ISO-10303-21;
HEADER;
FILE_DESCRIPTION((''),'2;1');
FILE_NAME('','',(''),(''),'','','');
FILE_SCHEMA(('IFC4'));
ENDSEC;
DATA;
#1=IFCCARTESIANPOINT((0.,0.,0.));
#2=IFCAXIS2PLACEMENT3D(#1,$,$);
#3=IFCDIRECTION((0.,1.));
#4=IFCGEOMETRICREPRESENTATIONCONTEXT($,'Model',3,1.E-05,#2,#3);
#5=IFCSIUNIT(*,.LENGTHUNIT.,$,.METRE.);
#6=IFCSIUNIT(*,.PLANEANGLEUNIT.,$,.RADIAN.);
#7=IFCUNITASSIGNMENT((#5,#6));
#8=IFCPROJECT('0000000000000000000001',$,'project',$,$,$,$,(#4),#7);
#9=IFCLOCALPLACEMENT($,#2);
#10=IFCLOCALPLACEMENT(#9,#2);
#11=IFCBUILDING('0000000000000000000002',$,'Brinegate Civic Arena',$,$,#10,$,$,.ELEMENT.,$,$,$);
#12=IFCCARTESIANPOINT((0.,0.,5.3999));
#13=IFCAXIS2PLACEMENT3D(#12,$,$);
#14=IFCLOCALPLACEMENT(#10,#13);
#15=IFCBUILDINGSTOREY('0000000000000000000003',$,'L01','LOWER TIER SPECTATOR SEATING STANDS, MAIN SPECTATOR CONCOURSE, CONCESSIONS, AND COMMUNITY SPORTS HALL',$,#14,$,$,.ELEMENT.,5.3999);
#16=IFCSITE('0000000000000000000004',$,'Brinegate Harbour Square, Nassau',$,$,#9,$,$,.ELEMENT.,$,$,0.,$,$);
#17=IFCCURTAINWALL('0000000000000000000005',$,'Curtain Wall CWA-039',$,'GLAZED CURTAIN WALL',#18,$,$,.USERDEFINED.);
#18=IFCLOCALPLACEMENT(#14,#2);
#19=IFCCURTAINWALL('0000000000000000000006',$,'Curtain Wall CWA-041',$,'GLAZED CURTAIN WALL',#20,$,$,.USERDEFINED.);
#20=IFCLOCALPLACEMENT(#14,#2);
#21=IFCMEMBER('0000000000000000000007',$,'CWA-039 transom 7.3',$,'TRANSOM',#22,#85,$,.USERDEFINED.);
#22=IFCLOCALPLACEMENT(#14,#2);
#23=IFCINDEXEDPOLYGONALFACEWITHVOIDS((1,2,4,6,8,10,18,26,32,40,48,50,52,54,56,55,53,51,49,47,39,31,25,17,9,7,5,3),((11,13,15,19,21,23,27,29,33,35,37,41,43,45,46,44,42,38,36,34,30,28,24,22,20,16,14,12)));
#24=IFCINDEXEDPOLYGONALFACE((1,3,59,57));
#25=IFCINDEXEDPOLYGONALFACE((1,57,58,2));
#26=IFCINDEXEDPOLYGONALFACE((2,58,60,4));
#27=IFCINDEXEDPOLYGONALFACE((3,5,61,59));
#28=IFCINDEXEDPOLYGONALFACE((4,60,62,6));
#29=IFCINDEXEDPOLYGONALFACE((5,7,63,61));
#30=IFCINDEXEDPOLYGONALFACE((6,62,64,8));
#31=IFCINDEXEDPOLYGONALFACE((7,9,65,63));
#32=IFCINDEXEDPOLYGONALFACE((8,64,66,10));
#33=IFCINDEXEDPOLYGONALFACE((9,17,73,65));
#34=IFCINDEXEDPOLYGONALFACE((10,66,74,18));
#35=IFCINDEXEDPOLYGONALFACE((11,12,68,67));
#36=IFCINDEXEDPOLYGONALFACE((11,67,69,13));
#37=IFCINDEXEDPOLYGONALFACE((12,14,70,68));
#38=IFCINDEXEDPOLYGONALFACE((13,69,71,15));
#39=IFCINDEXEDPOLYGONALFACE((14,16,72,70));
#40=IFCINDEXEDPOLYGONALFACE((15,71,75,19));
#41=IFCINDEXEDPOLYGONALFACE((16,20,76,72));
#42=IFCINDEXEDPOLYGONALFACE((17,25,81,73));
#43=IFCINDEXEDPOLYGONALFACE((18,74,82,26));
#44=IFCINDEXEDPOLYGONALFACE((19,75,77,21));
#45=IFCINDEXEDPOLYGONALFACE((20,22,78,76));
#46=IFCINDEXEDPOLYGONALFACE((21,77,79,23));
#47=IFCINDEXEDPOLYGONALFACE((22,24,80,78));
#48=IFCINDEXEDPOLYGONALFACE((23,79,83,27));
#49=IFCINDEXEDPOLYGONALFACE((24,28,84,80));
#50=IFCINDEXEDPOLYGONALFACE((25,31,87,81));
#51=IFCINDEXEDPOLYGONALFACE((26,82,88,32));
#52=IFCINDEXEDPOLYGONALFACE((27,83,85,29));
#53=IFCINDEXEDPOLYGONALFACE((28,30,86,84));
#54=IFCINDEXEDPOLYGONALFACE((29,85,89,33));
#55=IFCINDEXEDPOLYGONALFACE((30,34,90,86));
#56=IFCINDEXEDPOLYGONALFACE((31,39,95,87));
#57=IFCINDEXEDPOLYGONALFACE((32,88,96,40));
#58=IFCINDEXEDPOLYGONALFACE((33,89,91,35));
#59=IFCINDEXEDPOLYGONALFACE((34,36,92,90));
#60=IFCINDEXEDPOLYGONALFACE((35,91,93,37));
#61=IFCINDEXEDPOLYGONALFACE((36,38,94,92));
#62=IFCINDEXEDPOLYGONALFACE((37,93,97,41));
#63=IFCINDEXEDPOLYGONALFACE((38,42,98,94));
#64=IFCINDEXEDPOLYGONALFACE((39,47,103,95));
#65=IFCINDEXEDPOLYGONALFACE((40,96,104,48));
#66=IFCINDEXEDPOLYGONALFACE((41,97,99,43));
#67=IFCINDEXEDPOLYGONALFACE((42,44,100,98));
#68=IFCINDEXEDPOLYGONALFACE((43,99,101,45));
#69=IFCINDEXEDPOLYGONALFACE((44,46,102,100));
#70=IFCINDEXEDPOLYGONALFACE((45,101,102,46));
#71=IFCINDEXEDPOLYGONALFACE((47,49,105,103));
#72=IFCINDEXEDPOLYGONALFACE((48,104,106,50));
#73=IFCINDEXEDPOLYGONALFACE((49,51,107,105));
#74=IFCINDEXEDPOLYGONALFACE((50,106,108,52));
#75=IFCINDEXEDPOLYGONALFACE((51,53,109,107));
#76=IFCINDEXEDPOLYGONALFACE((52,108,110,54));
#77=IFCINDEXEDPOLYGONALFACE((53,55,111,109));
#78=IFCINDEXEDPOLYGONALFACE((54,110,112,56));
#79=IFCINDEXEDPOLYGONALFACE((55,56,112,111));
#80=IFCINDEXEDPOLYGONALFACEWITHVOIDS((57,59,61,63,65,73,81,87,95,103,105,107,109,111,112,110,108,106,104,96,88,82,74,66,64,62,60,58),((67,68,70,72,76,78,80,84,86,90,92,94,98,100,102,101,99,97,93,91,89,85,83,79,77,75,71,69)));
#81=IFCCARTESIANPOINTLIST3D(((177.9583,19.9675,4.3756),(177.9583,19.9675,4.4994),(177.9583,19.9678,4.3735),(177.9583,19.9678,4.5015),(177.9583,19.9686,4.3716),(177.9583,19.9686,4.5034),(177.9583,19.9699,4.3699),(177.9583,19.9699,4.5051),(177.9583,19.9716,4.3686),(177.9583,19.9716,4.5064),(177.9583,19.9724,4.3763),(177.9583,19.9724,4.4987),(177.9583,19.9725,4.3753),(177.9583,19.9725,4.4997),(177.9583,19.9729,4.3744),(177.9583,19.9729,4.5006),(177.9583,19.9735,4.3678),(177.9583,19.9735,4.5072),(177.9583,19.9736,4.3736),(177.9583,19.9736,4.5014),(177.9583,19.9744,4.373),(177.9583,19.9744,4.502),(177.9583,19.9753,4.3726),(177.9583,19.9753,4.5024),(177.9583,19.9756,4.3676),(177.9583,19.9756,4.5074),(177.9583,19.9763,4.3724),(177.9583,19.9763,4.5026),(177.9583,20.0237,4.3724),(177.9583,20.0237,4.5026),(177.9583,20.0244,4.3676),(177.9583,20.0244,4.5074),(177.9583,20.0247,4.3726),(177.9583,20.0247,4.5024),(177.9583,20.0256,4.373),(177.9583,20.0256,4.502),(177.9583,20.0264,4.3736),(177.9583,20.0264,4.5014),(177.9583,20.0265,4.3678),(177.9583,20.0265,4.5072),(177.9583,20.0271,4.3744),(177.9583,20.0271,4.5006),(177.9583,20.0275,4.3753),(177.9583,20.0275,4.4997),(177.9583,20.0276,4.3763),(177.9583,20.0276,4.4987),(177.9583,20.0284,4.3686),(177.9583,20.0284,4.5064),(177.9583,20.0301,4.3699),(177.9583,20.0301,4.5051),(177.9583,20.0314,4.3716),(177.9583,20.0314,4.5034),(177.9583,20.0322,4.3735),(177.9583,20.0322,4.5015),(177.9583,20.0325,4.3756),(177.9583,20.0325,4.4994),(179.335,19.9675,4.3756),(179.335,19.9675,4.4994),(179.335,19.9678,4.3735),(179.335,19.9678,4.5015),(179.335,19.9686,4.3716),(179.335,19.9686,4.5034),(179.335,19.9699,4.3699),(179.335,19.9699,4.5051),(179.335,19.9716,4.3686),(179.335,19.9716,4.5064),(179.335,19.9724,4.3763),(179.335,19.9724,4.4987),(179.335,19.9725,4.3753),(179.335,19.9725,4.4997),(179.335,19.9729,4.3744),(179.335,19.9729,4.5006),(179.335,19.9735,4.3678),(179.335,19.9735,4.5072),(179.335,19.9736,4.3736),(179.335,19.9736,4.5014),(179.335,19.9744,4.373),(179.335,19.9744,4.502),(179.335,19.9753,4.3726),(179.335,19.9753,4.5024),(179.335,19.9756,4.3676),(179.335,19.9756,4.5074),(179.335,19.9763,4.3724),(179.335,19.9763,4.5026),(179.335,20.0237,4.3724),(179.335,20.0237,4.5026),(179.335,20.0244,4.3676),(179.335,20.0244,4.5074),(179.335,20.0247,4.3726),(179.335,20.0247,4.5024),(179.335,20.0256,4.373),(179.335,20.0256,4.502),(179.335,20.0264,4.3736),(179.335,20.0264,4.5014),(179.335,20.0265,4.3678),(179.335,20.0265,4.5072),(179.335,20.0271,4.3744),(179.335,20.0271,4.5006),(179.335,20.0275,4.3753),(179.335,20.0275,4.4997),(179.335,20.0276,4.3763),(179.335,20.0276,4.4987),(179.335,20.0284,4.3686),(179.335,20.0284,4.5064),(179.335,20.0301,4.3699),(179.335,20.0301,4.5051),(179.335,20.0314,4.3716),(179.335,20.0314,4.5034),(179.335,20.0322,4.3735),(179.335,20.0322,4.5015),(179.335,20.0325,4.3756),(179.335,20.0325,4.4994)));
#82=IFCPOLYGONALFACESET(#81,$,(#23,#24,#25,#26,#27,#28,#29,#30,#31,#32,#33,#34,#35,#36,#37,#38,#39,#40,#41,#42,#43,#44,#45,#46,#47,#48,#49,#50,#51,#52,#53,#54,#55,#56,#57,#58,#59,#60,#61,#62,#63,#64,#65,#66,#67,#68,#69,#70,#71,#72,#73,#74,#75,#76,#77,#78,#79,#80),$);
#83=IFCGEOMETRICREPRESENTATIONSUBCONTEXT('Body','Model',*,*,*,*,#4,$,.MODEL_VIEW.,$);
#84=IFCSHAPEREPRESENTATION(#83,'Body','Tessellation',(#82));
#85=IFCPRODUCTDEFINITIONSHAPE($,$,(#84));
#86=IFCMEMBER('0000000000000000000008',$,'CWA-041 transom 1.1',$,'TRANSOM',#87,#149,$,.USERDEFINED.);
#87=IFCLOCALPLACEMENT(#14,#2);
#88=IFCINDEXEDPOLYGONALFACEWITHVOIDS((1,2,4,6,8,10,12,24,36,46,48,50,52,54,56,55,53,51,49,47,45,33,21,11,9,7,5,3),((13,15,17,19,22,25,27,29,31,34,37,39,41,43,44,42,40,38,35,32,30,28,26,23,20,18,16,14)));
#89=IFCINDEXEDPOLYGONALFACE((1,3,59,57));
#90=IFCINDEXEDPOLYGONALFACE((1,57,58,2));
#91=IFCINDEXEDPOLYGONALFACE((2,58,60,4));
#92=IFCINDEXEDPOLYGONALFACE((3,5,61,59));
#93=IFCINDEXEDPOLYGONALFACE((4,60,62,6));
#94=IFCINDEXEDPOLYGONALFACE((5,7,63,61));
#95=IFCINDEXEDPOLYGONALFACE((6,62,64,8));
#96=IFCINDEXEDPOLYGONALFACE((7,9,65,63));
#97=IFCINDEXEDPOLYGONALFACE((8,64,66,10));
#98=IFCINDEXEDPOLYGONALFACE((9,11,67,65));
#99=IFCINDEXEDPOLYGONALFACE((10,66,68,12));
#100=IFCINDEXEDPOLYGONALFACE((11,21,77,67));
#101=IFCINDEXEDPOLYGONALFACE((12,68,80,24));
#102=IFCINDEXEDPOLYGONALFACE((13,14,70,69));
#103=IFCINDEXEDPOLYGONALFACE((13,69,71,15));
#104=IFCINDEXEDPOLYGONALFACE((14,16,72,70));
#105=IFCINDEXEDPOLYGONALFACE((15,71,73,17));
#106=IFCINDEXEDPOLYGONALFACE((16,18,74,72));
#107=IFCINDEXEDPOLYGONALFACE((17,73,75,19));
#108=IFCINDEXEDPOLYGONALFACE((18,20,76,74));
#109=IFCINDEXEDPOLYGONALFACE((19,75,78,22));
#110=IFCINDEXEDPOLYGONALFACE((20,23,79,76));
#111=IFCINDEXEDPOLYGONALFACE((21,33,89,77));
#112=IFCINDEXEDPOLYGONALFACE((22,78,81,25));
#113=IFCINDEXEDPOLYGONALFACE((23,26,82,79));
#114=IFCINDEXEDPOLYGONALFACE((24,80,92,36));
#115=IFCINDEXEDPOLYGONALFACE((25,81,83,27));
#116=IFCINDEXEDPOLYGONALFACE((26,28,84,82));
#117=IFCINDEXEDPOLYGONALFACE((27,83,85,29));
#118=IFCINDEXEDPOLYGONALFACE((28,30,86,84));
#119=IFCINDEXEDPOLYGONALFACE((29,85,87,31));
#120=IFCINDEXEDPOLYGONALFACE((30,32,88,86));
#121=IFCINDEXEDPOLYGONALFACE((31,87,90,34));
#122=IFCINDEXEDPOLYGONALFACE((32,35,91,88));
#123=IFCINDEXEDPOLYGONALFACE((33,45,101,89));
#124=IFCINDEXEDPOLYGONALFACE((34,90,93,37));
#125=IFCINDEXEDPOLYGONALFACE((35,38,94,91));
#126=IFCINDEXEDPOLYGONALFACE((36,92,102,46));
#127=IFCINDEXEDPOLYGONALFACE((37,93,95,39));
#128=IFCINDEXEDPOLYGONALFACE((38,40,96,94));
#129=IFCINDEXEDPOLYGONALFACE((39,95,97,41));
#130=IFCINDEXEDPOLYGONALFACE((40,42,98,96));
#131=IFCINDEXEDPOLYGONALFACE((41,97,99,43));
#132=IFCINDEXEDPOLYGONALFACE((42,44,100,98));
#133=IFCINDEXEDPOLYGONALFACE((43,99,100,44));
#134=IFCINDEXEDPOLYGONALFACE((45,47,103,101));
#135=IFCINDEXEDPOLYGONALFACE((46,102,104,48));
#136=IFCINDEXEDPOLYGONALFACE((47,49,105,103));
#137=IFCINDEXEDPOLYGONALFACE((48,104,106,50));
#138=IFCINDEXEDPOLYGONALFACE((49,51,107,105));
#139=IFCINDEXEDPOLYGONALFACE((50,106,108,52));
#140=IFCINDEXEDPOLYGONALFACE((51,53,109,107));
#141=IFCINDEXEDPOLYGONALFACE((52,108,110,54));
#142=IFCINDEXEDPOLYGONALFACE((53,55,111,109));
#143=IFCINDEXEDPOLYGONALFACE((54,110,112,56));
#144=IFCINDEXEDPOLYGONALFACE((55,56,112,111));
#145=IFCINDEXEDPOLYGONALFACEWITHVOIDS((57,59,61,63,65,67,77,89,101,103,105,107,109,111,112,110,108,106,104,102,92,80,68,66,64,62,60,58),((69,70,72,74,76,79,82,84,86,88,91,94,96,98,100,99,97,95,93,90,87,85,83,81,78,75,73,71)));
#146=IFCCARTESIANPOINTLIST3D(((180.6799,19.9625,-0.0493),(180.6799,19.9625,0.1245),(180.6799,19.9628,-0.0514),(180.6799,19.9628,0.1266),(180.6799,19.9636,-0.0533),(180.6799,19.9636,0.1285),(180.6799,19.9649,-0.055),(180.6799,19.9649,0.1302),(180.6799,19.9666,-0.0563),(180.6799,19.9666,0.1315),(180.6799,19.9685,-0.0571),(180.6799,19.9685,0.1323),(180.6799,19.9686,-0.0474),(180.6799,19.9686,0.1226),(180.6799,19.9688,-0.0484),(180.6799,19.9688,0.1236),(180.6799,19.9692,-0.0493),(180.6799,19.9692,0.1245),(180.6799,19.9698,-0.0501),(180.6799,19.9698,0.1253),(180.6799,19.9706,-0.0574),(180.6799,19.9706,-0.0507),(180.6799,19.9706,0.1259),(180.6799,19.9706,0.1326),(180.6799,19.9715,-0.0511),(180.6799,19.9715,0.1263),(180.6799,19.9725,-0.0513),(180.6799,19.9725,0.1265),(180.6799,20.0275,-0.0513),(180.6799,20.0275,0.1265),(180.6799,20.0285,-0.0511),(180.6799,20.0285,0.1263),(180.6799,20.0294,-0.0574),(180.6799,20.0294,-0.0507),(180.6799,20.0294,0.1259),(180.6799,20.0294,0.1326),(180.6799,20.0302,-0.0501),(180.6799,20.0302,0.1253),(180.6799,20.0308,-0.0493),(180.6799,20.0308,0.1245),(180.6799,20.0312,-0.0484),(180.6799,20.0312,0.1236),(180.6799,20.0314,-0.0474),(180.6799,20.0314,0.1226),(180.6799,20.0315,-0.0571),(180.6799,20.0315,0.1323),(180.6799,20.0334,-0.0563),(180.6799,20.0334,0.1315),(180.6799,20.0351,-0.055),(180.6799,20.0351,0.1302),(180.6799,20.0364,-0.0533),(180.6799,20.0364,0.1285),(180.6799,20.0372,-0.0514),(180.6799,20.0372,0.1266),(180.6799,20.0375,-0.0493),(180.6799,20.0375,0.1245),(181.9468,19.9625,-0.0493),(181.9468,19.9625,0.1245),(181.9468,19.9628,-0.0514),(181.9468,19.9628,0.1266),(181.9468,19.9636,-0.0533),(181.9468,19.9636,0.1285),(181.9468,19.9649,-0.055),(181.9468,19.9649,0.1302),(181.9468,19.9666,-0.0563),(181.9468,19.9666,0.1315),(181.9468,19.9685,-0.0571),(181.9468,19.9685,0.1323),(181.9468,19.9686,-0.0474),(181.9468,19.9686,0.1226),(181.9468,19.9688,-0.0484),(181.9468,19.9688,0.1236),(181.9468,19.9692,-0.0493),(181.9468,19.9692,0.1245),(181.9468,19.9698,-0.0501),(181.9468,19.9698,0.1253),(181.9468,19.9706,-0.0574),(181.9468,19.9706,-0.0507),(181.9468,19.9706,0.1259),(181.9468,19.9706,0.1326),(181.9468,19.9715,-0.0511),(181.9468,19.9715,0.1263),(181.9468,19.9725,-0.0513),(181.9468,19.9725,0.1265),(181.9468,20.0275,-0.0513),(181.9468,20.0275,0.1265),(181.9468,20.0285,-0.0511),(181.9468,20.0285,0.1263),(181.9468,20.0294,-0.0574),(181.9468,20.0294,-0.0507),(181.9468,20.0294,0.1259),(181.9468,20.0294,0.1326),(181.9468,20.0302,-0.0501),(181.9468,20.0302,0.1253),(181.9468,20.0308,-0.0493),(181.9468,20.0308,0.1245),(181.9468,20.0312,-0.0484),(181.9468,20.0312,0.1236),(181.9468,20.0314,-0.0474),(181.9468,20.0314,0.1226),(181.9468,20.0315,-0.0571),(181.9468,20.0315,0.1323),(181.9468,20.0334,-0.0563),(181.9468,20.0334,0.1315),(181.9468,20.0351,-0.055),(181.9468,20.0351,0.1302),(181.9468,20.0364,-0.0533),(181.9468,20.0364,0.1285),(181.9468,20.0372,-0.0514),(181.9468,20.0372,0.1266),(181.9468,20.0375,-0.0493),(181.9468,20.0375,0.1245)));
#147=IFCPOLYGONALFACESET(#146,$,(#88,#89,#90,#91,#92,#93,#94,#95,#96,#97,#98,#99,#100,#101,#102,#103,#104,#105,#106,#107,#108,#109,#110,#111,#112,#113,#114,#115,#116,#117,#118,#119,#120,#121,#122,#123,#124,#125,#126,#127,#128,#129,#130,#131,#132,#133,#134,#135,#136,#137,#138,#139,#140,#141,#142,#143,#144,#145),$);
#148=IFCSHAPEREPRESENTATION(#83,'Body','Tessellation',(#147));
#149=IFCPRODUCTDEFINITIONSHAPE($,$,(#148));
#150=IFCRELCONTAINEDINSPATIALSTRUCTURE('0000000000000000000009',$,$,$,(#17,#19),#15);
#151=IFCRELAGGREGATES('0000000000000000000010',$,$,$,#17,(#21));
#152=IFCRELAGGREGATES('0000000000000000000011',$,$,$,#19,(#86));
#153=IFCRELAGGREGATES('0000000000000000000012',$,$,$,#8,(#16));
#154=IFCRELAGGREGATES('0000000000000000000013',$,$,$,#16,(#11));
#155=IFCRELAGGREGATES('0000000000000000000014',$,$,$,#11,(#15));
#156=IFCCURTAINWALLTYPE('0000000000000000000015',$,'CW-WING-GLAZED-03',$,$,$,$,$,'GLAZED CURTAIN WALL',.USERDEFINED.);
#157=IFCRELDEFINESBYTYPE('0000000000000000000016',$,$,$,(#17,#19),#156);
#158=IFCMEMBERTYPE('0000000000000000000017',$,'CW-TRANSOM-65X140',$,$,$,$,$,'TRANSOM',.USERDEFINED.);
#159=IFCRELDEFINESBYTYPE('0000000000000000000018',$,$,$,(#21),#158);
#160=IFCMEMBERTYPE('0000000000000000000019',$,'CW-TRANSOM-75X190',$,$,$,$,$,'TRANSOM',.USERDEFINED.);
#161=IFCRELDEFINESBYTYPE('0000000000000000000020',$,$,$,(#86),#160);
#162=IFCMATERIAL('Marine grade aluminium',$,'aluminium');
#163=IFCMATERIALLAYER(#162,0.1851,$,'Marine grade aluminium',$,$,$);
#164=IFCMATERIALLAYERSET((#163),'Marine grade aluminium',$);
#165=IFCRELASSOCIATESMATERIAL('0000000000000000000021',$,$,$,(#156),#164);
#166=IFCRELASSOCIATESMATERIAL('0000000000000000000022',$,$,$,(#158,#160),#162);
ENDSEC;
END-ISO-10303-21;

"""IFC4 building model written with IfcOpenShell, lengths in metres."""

from ifc_helpers import new_model, si_unit, direction, frame, origin, origin_2d, place, context, subcontext, project, spatial, hollow_rectangle, extrude, material, layer, layer_set, material_profile, profile_set, type_object, element, aggregate, save


model = new_model("IFC4")

# Units and contexts
model_context = context("Model", 3, precision=1e-05, world=origin(), true_north=direction((0.0, 1.0)))
body_context = subcontext(model_context, "Body", "Model", "MODEL_VIEW")
ifc_project = project(units=[si_unit("LENGTHUNIT", "METRE"), si_unit("PLANEANGLEUNIT", "RADIAN")], contexts=[model_context])

# Site, building, storey
site_placement = place(None, origin())
site = spatial("IfcSite", under=ifc_project, at=site_placement, Name="Brinegate Harbour Square, Nassau", CompositionType="ELEMENT", RefElevation=0.0)
building_placement = place(site_placement, origin())
building = spatial("IfcBuilding", under=site, at=building_placement, Name="Brinegate Civic Arena", CompositionType="ELEMENT")
storey_placement = place(building_placement, frame((0.0, 0.0, 5.3999)))
storey = spatial("IfcBuildingStorey", under=building, at=storey_placement, Name="L01", Description="LOWER TIER SPECTATOR SEATING STANDS, MAIN SPECTATOR CONCOURSE, CONCESSIONS, AND COMMUNITY SPORTS HALL", CompositionType="ELEMENT", Elevation=5.3999)

# Curtain walls
ifc_material_1 = material(Name="Marine grade aluminium", Category="aluminium")
ifc_layer_1 = layer(ifc_material_1, 0.1851, Name="Marine grade aluminium")
ifc_layer_set_1 = layer_set([ifc_layer_1], Name="Marine grade aluminium")
curtain_wall_type = type_object("IfcCurtainWallType", Name="CW-WING-GLAZED-03", ElementType="GLAZED CURTAIN WALL", PredefinedType="USERDEFINED", material=ifc_layer_set_1)
curtain_wall_1_placement = place(storey_placement, origin())
curtain_wall_1 = element("IfcCurtainWall", 1, at=curtain_wall_1_placement, inside=storey, type_object=curtain_wall_type, Name="Curtain Wall CWA-039", ObjectType="GLAZED CURTAIN WALL", PredefinedType="USERDEFINED")
curtain_wall_2_placement = place(storey_placement, origin())
curtain_wall_2 = element("IfcCurtainWall", 2, at=curtain_wall_2_placement, inside=storey, type_object=curtain_wall_type, Name="Curtain Wall CWA-041", ObjectType="GLAZED CURTAIN WALL", PredefinedType="USERDEFINED")

# Members
ifc_material_profile_1 = material_profile(ifc_material_1, hollow_rectangle(XDim=0.0649, YDim=0.1399, WallThickness=0.0049, InnerFilletRadius=0.0039, OuterFilletRadius=0.0081, at=origin_2d()), Name="TRN65X140")
ifc_profile_set_1 = profile_set([ifc_material_profile_1], Name="Marine grade aluminium")
member_type_1 = type_object("IfcMemberType", Name="CW-TRANSOM-65X140", ElementType="TRANSOM", PredefinedType="USERDEFINED", material=ifc_profile_set_1)
member_1_placement = place(storey_placement, frame((177.9583, 20.0, 4.4375), z_axis=(1.0, 0.0, 0.0), x_axis=(0.0, 1.0, 0.0)))
member_1 = element("IfcMember", 3, at=member_1_placement, type_object=member_type_1, Name="CWA-039 transom 7.3", ObjectType="TRANSOM", PredefinedType="USERDEFINED", context=body_context, shape_type="SweptSolid", body=[
    extrude(hollow_rectangle(XDim=0.0649, YDim=0.1399, WallThickness=0.0049, InnerFilletRadius=0.0039, OuterFilletRadius=0.0081, at=origin_2d()), origin(), (0.0, 0.0, 1.0), 1.3767),
])
ifc_material_profile_2 = material_profile(ifc_material_1, hollow_rectangle(XDim=0.075, YDim=0.1899, WallThickness=0.0061, InnerFilletRadius=0.0039, OuterFilletRadius=0.0081, at=origin_2d()), Name="TRN75X190")
ifc_profile_set_2 = profile_set([ifc_material_profile_2], Name="Marine grade aluminium")
member_type_2 = type_object("IfcMemberType", Name="CW-TRANSOM-75X190", ElementType="TRANSOM", PredefinedType="USERDEFINED", material=ifc_profile_set_2)
member_2_placement = place(storey_placement, frame((180.6799, 20.0, 0.0376), z_axis=(1.0, 0.0, 0.0), x_axis=(0.0, 1.0, 0.0)))
member_2 = element("IfcMember", 4, at=member_2_placement, type_object=member_type_2, Name="CWA-041 transom 1.1", ObjectType="TRANSOM", PredefinedType="USERDEFINED", context=body_context, shape_type="SweptSolid", body=[
    extrude(hollow_rectangle(XDim=0.075, YDim=0.1899, WallThickness=0.0061, InnerFilletRadius=0.0039, OuterFilletRadius=0.0081, at=origin_2d()), origin(), (0.0, 0.0, 1.0), 1.2668),
])

aggregate(curtain_wall_1, [member_1])
aggregate(curtain_wall_2, [member_2])

save(model, "model.ifc")
